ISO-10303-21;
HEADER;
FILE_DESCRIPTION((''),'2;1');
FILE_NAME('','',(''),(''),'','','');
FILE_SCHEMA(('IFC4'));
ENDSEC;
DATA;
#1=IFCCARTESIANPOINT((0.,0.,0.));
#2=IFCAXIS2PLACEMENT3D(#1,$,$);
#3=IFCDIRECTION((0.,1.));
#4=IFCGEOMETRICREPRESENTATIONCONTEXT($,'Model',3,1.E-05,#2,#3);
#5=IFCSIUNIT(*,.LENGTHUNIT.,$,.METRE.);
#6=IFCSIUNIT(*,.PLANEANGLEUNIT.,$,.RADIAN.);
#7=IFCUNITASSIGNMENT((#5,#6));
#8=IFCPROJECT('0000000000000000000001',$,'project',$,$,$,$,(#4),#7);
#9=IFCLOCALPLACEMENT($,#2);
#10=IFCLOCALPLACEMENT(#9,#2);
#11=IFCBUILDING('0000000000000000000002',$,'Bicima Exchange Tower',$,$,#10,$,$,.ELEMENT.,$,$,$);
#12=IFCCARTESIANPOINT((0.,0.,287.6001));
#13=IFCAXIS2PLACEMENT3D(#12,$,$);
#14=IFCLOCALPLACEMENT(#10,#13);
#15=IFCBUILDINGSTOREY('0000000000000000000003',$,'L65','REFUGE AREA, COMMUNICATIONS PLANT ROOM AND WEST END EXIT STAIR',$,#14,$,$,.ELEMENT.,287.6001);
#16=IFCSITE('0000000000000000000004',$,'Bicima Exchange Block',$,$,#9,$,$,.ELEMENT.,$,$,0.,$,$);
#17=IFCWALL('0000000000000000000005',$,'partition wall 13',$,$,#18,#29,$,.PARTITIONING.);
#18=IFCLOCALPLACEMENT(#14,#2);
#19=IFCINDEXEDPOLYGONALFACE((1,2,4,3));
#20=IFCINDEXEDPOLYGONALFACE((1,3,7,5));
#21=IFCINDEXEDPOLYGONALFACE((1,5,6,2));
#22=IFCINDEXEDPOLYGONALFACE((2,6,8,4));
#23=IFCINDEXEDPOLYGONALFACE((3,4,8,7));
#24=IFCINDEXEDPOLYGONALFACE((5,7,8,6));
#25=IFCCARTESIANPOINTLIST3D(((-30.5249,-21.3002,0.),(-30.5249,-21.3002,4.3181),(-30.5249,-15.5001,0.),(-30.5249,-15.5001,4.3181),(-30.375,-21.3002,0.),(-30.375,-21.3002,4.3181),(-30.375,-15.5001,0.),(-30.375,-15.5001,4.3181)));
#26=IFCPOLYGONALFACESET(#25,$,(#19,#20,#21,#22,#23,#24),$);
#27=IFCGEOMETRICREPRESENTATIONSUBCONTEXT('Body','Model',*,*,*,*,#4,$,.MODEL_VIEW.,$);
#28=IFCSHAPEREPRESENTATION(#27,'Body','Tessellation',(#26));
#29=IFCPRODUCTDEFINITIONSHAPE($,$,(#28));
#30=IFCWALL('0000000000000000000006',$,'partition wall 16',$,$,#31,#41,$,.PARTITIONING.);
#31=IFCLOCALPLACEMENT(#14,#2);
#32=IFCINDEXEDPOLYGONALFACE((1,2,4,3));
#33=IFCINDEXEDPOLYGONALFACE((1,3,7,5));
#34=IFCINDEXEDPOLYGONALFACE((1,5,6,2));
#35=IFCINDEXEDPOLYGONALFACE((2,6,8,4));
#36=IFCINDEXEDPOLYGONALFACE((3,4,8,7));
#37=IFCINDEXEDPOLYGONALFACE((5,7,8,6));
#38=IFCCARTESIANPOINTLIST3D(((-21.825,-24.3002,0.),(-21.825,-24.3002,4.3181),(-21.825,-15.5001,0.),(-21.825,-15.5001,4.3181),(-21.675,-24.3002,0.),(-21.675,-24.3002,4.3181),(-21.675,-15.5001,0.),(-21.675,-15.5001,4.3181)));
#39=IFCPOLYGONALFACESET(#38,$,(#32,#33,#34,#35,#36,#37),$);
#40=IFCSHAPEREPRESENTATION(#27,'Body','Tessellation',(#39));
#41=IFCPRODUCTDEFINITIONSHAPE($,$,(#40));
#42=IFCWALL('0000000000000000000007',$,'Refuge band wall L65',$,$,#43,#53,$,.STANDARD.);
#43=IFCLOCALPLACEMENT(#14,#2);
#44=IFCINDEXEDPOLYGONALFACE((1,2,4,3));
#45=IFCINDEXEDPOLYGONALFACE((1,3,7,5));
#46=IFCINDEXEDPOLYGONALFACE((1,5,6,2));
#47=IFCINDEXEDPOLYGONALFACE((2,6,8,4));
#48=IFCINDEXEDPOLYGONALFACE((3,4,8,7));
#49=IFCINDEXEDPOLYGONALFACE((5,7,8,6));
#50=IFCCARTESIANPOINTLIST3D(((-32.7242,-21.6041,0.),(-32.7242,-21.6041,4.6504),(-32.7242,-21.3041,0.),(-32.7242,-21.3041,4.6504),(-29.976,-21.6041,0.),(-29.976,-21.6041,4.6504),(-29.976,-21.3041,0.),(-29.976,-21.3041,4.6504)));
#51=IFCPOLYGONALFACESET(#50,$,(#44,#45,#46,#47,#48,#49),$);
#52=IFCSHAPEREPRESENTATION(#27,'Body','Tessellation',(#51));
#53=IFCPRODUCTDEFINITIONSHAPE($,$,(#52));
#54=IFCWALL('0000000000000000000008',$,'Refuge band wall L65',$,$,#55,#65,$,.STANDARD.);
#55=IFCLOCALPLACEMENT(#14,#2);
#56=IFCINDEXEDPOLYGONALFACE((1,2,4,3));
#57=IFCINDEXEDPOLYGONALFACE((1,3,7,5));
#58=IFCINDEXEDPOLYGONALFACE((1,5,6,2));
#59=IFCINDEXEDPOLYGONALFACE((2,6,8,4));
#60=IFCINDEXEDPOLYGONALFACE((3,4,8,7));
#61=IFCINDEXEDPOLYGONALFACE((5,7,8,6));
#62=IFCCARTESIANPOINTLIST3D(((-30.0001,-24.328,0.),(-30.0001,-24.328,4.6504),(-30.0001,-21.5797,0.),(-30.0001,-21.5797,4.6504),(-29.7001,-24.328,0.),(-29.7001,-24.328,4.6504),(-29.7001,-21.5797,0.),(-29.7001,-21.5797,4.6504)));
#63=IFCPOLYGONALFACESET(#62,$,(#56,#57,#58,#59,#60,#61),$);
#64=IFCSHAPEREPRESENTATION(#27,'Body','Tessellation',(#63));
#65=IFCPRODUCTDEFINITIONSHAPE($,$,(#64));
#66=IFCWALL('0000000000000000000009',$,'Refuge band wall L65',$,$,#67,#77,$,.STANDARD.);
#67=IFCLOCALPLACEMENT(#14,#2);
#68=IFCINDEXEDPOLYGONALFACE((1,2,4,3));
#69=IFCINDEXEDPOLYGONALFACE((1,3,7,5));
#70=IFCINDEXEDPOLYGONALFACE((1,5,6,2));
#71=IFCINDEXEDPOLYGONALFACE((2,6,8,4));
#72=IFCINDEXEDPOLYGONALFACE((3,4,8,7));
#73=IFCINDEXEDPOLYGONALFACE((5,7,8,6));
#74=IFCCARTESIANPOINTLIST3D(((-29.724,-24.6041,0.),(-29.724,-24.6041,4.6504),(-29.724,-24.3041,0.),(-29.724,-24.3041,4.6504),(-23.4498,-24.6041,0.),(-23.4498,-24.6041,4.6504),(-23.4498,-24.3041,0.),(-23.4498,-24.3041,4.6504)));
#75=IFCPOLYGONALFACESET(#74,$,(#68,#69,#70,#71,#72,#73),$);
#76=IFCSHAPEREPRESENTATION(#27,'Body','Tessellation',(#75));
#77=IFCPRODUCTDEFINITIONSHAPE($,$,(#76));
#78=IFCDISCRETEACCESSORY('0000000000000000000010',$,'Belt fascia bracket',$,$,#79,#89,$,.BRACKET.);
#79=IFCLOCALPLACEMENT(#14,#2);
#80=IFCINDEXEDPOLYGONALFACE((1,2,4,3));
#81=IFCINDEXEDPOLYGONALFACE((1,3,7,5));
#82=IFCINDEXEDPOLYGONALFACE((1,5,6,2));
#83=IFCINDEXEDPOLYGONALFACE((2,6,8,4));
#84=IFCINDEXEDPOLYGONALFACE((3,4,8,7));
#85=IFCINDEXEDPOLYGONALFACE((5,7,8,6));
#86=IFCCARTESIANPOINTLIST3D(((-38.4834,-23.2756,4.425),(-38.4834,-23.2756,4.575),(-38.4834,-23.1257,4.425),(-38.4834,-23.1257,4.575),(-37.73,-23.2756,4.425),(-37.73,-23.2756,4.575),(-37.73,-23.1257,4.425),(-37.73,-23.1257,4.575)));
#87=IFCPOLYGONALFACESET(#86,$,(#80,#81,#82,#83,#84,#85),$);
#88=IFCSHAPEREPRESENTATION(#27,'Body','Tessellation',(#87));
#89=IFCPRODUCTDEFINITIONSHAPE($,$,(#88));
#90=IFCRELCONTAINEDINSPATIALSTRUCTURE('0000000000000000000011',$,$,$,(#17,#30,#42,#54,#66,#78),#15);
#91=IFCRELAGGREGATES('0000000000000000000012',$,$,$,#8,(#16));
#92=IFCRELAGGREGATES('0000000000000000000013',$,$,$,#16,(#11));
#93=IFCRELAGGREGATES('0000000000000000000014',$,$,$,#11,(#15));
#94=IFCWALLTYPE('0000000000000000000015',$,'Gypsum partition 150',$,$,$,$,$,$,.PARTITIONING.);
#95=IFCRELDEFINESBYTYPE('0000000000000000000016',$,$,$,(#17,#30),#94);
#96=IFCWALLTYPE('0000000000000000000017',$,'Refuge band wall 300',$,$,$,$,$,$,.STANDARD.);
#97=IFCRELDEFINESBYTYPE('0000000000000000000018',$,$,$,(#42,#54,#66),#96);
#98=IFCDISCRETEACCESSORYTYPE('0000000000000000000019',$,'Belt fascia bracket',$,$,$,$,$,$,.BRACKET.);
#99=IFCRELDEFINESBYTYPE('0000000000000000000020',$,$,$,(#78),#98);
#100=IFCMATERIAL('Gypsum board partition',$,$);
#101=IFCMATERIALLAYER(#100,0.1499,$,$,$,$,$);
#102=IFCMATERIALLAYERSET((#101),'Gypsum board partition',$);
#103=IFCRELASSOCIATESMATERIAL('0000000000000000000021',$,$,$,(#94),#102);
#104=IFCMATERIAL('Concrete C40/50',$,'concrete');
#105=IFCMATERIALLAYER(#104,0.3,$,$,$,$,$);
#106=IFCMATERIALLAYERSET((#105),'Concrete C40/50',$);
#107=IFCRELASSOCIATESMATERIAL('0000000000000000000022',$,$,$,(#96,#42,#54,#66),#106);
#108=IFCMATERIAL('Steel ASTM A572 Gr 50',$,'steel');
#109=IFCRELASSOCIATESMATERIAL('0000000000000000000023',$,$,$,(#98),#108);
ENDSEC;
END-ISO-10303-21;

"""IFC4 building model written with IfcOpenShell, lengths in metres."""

from ifc_helpers import new_model, si_unit, direction, frame, frame_2d, origin, origin_2d, place, context, subcontext, project, spatial, rectangle, extrude, material, layer, layer_set, layer_usage, type_object, element, save


model = new_model("IFC4")

# Units and contexts
model_context = context("Model", 3, precision=1e-05, world=origin(), true_north=direction((0.0, 1.0)))
body_context = subcontext(model_context, "Body", "Model", "MODEL_VIEW")
ifc_project = project(units=[si_unit("LENGTHUNIT", "METRE"), si_unit("PLANEANGLEUNIT", "RADIAN")], contexts=[model_context])

# Site, building, storey
site_placement = place(None, origin())
site = spatial("IfcSite", under=ifc_project, at=site_placement, Name="Bicima Exchange Block", CompositionType="ELEMENT", RefElevation=0.0)
building_placement = place(site_placement, origin())
building = spatial("IfcBuilding", under=site, at=building_placement, Name="Bicima Exchange Tower", CompositionType="ELEMENT")
storey_placement = place(building_placement, frame((0.0, 0.0, 287.6001)))
storey = spatial("IfcBuildingStorey", under=building, at=storey_placement, Name="L65", Description="REFUGE AREA, COMMUNICATIONS PLANT ROOM AND WEST END EXIT STAIR", CompositionType="ELEMENT", Elevation=287.6001)

# Shared definitions
ifc_material_1 = material(Name="Steel ASTM A572 Gr 50", Category="steel")

# Walls
ifc_material_2 = material(Name="Gypsum board partition")
ifc_layer_1 = layer(ifc_material_2, 0.1499)
ifc_layer_set_1 = layer_set([ifc_layer_1], Name="Gypsum board partition")
wall_type_1 = type_object("IfcWallType", Name="Gypsum partition 150", PredefinedType="PARTITIONING", material=ifc_layer_set_1)
wall_1_placement = place(storey_placement, frame((-30.45, -21.3, 0.0), z_axis=(0.0, 0.0, 1.0), x_axis=(0.0, 1.0, 0.0)))
element("IfcWall", 1, at=wall_1_placement, inside=storey, type_object=wall_type_1, Name="partition wall 13", PredefinedType="PARTITIONING", context=body_context, shape_type="SweptSolid", body=[
    extrude(rectangle(XDim=5.8, YDim=0.1499, at=frame_2d((2.8999, 0.0))), origin(), (0.0, 0.0, 1.0), 4.3181),
])
wall_2_placement = place(storey_placement, frame((-21.75, -24.3, 0.0), z_axis=(0.0, 0.0, 1.0), x_axis=(0.0, 1.0, 0.0)))
element("IfcWall", 2, at=wall_2_placement, inside=storey, type_object=wall_type_1, Name="partition wall 16", PredefinedType="PARTITIONING", context=body_context, shape_type="SweptSolid", body=[
    extrude(rectangle(XDim=8.8, YDim=0.1499, at=frame_2d((4.3999, 0.0))), origin(), (0.0, 0.0, 1.0), 4.3181),
])
ifc_material_3 = material(Name="Concrete C40/50", Category="concrete")
ifc_layer_2 = layer(ifc_material_3, 0.3)
ifc_layer_set_2 = layer_set([ifc_layer_2], Name="Concrete C40/50")
ifc_layer_usage = layer_usage(ifc_layer_set_2, "AXIS2", "POSITIVE", -0.15)
wall_type_2 = type_object("IfcWallType", Name="Refuge band wall 300", PredefinedType="STANDARD", material=ifc_layer_set_2)
for number, where, z_axis, x_axis, name in (
    (3, (-32.7241, -21.4541, 0.0), (0.0, 0.0, 1.0), (1.0, 0.0, 0.0), "Refuge band wall L65"),
    (4, (-29.8501, -21.5798, 0.0), (0.0, 0.0, 1.0), (0.0, -1.0, 0.0), "Refuge band wall L65"),
):
    element("IfcWall", number, at=place(storey_placement, frame(where, z_axis=z_axis, x_axis=x_axis)), inside=storey, type_object=wall_type_2, material=ifc_layer_usage, Name=name, PredefinedType="STANDARD", context=body_context, shape_type="SweptSolid", body=[
        extrude(rectangle(XDim=2.7483, YDim=0.3, at=frame_2d((1.374, 0.0))), origin(), (0.0, 0.0, 1.0), 4.6504),
    ])
wall_3_placement = place(storey_placement, frame((-29.7241, -24.4541, 0.0), z_axis=(0.0, 0.0, 1.0), x_axis=(1.0, 0.0, 0.0)))
element("IfcWall", 5, at=wall_3_placement, inside=storey, type_object=wall_type_2, material=ifc_layer_usage, Name="Refuge band wall L65", PredefinedType="STANDARD", context=body_context, shape_type="SweptSolid", body=[
    extrude(rectangle(XDim=6.2742, YDim=0.3, at=frame_2d((3.1372, 0.0))), origin(), (0.0, 0.0, 1.0), 4.6504),
])

# Discrete accessory
discrete_accessory_type = type_object("IfcDiscreteAccessoryType", Name="Belt fascia bracket", PredefinedType="BRACKET", material=ifc_material_1)
discrete_accessory_placement = place(storey_placement, frame((-38.1067, -23.2007, 4.425), z_axis=(0.0, 0.0, 1.0), x_axis=(0.0, -1.0, 0.0)))
element("IfcDiscreteAccessory", 6, at=discrete_accessory_placement, inside=storey, type_object=discrete_accessory_type, Name="Belt fascia bracket", PredefinedType="BRACKET", context=body_context, shape_type="SweptSolid", body=[
    extrude(rectangle(XDim=0.1499, YDim=0.7534, at=origin_2d()), origin(), (0.0, 0.0, 1.0), 0.1499),
])

save(model, "model.ifc")
